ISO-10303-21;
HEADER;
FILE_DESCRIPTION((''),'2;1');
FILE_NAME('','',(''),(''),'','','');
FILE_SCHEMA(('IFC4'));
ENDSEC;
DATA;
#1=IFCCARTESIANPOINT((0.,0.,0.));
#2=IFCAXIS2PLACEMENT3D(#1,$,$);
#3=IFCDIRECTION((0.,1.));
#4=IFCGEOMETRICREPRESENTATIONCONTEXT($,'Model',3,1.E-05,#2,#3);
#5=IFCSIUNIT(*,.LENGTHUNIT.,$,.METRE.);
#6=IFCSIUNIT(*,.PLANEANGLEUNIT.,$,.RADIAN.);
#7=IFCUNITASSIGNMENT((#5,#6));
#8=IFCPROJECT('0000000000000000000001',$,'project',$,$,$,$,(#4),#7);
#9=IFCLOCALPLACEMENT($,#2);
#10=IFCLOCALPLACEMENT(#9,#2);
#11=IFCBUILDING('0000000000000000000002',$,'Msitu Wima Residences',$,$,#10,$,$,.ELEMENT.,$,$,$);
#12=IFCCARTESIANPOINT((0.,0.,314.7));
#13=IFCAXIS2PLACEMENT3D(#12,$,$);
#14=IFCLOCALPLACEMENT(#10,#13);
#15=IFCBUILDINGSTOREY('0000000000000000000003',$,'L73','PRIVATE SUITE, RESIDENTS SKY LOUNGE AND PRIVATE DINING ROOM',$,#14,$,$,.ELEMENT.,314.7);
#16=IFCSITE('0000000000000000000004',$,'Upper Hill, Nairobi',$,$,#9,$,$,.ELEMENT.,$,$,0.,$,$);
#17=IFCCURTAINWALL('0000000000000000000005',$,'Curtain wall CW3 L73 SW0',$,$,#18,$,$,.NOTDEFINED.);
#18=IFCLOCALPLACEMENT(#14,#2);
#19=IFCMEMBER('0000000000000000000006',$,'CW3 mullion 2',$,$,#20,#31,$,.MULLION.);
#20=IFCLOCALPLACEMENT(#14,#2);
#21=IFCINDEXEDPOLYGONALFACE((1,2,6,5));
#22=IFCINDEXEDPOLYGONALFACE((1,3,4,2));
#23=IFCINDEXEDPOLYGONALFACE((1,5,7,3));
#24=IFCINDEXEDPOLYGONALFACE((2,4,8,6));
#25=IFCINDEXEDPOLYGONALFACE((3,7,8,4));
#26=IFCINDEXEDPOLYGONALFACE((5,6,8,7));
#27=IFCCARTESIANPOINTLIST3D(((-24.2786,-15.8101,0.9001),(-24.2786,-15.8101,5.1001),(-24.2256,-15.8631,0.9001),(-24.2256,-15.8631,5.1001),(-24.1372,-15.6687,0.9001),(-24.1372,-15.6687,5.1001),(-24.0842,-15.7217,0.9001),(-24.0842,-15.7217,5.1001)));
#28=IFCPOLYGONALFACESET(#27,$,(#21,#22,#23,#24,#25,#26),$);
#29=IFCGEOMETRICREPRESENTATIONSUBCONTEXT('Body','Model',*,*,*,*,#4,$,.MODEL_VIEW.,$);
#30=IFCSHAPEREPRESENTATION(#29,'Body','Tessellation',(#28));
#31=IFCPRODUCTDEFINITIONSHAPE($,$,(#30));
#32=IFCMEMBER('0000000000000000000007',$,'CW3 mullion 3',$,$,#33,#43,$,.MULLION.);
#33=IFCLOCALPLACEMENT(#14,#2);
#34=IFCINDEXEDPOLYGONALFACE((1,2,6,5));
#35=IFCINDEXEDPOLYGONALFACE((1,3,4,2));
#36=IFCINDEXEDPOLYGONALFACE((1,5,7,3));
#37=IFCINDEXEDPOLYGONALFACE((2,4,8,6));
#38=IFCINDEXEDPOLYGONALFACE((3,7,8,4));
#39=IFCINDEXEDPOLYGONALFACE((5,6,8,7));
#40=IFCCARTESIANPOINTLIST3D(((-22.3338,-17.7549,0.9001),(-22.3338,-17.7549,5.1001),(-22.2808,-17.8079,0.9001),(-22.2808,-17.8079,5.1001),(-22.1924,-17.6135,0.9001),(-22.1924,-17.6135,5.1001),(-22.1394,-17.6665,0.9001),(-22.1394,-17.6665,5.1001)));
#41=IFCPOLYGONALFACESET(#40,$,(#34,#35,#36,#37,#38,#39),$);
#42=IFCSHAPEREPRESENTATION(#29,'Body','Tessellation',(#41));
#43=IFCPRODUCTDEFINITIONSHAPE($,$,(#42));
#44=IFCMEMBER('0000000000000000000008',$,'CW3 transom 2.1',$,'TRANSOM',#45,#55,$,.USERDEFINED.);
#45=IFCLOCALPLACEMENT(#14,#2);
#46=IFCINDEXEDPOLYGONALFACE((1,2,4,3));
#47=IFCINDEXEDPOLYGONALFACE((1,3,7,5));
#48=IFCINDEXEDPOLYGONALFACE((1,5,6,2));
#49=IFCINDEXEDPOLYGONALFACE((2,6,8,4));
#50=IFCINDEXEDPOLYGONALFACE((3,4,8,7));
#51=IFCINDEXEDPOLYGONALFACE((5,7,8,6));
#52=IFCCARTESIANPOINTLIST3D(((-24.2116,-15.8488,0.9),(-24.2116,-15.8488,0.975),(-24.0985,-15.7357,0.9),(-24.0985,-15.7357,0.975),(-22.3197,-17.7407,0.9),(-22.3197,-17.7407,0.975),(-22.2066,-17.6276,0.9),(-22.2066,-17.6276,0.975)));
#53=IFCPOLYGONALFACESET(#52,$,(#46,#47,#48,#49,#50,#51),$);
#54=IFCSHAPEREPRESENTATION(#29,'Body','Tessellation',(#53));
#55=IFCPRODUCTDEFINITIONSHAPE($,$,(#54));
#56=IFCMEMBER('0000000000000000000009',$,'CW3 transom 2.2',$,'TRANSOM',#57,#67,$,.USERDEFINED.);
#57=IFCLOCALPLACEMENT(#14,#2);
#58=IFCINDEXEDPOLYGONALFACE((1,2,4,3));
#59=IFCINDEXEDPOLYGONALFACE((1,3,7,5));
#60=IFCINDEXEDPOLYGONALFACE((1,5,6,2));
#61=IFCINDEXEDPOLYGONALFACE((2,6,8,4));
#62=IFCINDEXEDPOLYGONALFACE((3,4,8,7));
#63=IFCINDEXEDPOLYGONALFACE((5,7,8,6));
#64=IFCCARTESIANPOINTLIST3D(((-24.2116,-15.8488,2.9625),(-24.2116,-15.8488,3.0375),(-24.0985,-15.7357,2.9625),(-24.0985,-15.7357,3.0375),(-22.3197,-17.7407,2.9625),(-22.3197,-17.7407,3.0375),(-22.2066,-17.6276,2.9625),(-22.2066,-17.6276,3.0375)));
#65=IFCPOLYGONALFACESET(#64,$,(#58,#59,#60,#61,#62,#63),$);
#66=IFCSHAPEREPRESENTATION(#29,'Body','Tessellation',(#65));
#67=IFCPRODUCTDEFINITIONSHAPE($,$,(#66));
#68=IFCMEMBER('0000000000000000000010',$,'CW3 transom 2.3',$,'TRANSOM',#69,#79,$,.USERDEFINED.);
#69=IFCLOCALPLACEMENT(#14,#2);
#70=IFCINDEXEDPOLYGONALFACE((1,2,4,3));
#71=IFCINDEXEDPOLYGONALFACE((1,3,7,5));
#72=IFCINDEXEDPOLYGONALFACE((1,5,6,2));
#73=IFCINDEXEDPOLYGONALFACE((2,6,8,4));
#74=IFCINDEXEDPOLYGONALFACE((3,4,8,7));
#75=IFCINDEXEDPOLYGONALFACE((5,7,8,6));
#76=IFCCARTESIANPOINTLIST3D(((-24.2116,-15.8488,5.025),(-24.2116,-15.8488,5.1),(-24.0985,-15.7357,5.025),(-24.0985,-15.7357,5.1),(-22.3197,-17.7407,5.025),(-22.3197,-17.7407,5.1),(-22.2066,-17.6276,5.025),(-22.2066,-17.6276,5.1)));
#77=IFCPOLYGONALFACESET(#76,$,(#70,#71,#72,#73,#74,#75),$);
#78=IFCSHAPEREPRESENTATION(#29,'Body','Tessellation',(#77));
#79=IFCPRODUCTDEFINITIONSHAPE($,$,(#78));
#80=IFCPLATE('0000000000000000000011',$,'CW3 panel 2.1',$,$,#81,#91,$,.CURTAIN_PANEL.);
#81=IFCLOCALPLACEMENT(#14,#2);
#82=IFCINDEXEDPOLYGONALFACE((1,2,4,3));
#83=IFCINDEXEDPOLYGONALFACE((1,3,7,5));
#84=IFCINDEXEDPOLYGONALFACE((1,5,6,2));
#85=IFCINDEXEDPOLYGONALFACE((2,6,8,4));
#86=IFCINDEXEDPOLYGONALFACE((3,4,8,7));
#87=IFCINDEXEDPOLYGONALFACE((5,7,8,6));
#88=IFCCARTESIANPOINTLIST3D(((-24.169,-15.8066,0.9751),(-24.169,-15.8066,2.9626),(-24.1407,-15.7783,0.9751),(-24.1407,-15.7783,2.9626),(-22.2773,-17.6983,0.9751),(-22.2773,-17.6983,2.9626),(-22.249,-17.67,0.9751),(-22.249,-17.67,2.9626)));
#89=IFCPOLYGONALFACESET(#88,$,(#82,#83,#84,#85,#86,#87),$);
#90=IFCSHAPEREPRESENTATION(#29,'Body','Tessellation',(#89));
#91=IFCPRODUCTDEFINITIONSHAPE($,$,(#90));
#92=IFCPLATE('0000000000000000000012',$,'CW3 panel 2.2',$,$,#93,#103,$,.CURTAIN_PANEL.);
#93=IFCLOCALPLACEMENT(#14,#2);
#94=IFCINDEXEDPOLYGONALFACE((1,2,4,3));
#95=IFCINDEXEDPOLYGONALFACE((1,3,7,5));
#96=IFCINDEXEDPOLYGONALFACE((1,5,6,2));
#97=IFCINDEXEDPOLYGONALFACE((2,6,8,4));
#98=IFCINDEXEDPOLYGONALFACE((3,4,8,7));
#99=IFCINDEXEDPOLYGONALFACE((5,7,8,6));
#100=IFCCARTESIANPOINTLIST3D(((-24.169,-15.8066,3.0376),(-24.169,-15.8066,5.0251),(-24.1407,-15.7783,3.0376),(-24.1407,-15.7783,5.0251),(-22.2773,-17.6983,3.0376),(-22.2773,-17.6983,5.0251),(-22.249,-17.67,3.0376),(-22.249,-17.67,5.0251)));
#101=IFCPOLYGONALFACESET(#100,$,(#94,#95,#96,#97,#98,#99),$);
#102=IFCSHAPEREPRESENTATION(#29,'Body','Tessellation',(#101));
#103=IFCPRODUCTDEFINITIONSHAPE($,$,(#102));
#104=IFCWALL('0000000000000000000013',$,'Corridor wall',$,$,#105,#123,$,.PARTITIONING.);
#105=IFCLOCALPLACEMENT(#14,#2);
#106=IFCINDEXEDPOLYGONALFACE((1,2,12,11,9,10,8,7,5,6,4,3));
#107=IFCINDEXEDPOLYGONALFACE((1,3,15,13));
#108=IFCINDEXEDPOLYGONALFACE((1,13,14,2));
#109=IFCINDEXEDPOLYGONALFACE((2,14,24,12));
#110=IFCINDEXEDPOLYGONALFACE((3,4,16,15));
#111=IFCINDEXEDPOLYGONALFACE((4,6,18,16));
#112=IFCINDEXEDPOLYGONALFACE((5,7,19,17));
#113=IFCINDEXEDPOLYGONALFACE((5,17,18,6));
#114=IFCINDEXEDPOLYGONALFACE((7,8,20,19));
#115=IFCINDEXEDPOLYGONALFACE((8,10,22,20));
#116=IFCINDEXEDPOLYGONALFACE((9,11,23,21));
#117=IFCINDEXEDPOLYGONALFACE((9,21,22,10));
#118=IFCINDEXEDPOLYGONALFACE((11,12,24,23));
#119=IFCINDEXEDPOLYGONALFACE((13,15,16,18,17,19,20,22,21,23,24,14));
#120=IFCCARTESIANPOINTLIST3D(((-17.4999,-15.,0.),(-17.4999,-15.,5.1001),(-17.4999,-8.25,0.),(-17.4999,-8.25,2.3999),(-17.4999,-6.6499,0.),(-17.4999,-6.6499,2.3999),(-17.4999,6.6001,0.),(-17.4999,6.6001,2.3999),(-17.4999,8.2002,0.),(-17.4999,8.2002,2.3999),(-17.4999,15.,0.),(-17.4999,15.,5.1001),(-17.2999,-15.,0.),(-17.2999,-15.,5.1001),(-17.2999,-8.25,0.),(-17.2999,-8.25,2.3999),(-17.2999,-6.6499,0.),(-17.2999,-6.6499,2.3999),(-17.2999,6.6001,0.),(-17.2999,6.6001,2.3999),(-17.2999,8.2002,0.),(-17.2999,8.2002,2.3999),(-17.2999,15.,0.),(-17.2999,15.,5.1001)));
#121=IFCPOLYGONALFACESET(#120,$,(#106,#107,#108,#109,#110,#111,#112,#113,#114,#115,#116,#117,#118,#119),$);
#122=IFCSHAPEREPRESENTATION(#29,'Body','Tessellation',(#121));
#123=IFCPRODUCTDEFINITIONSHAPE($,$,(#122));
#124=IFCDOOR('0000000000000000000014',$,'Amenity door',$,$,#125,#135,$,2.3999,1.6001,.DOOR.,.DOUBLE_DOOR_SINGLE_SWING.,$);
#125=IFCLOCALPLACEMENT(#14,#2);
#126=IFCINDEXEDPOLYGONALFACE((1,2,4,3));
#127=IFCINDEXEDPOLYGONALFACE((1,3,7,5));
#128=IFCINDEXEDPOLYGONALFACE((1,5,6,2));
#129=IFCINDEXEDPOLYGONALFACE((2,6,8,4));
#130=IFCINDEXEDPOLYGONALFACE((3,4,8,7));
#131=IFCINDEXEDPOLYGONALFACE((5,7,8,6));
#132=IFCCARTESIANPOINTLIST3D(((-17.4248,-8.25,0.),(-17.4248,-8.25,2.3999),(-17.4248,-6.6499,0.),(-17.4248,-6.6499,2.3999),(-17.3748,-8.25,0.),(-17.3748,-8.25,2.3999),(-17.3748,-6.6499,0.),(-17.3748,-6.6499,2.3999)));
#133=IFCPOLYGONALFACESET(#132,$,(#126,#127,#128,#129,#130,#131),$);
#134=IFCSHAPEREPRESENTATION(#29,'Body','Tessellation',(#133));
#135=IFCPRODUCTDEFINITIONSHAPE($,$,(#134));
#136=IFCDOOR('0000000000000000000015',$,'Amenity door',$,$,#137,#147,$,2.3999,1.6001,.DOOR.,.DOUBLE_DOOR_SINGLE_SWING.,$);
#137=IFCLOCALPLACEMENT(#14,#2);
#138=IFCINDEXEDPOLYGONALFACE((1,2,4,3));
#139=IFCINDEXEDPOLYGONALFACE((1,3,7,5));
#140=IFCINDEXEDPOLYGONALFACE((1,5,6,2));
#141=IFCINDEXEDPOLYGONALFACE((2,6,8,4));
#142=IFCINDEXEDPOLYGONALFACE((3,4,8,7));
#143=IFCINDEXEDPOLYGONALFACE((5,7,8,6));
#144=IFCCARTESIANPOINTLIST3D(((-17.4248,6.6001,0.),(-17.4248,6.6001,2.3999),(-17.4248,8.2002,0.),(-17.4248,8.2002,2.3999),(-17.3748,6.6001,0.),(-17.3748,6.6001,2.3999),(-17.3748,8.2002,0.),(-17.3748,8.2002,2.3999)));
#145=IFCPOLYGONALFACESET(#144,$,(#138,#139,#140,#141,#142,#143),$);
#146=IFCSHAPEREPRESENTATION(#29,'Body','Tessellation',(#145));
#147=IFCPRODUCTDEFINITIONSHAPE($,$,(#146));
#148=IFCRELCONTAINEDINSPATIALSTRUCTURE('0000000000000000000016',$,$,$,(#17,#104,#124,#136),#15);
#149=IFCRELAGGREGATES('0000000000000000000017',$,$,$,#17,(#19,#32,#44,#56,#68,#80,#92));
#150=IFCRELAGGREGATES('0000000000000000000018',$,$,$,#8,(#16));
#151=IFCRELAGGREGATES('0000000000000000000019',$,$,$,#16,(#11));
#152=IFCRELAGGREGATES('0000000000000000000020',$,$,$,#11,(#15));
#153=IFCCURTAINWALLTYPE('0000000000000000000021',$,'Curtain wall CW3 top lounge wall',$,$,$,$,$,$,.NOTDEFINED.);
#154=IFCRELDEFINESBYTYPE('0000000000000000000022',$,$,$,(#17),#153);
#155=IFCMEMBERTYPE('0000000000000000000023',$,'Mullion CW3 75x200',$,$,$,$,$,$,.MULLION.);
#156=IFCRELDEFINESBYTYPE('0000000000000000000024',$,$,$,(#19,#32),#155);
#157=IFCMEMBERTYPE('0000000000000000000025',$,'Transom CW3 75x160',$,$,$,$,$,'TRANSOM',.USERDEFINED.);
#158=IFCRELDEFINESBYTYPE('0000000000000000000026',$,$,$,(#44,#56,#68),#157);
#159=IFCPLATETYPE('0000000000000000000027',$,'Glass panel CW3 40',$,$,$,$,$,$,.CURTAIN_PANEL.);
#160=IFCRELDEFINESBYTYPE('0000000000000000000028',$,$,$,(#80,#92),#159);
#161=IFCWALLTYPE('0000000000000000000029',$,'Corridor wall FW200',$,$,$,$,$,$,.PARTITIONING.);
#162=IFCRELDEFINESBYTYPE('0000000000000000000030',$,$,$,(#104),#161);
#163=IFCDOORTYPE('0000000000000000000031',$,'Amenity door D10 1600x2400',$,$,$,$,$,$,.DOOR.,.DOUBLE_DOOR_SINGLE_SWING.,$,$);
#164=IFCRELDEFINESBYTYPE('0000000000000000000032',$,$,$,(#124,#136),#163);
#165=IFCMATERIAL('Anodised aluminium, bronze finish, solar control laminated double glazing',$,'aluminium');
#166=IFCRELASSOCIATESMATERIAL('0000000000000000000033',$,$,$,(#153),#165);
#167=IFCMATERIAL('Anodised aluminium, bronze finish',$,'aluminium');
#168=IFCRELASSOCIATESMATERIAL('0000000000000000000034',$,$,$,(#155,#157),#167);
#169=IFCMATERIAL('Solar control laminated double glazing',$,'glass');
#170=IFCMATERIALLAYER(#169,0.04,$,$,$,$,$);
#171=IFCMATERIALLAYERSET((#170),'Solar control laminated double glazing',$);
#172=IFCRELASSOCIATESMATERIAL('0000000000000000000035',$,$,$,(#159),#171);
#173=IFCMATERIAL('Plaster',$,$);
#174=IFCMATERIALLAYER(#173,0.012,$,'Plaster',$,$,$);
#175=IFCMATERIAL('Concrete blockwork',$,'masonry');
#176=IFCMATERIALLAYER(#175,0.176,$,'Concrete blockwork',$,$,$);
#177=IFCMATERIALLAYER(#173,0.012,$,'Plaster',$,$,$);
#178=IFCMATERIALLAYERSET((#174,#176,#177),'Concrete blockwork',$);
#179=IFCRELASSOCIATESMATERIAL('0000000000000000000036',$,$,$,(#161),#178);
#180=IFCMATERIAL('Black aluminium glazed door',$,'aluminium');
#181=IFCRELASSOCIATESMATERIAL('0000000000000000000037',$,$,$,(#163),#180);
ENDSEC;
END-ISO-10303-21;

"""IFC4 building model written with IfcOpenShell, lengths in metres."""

from ifc_helpers import new_model, si_unit, direction, frame, frame_2d, origin, origin_2d, place, context, subcontext, project, spatial, rectangle, extrude, material, layer, layer_set, material_profile, profile_set, type_object, element, fill, aggregate, save


model = new_model("IFC4")

# Units and contexts
model_context = context("Model", 3, precision=1e-05, world=origin(), true_north=direction((0.0, 1.0)))
body_context = subcontext(model_context, "Body", "Model", "MODEL_VIEW")
ifc_project = project(units=[si_unit("LENGTHUNIT", "METRE"), si_unit("PLANEANGLEUNIT", "RADIAN")], contexts=[model_context])

# Site, building, storey
site_placement = place(None, origin())
site = spatial("IfcSite", under=ifc_project, at=site_placement, Name="Upper Hill, Nairobi", CompositionType="ELEMENT", RefElevation=0.0)
building_placement = place(site_placement, origin())
building = spatial("IfcBuilding", under=site, at=building_placement, Name="Msitu Wima Residences", CompositionType="ELEMENT")
storey_placement = place(building_placement, frame((0.0, 0.0, 314.7)))
storey = spatial("IfcBuildingStorey", under=building, at=storey_placement, Name="L73", Description="PRIVATE SUITE, RESIDENTS SKY LOUNGE AND PRIVATE DINING ROOM", CompositionType="ELEMENT", Elevation=314.7)

# Curtain wall, members, plates
ifc_material_1 = material(Name="Anodised aluminium, bronze finish, solar control laminated double glazing", Category="aluminium")
curtain_wall_type = type_object("IfcCurtainWallType", Name="Curtain wall CW3 top lounge wall", PredefinedType="NOTDEFINED", material=ifc_material_1)
curtain_wall_placement = place(storey_placement, origin())
curtain_wall = element("IfcCurtainWall", 1, at=curtain_wall_placement, inside=storey, type_object=curtain_wall_type, Name="Curtain wall CW3 L73 SW0", PredefinedType="NOTDEFINED")
ifc_material_2 = material(Name="Anodised aluminium, bronze finish", Category="aluminium")
ifc_material_profile_1 = material_profile(ifc_material_2, rectangle(XDim=0.2, YDim=0.075, at=origin_2d()), Name="Mullion 75x200")
ifc_profile_set_1 = profile_set([ifc_material_profile_1], Name="Anodised aluminium, bronze finish")
member_type_1 = type_object("IfcMemberType", Name="Mullion CW3 75x200", PredefinedType="MULLION", material=ifc_profile_set_1)
member_1_placement = place(storey_placement, frame((-24.1814, -15.7659, 0.9001), z_axis=(0.0, 0.0, 1.0), x_axis=(0.707107, 0.707107, 0.0)))
member_1 = element("IfcMember", 2, at=member_1_placement, type_object=member_type_1, Name="CW3 mullion 2", PredefinedType="MULLION", context=body_context, shape_type="SweptSolid", body=[
    extrude(rectangle(XDim=0.2, YDim=0.075, at=origin_2d()), origin(), (0.0, 0.0, 1.0), 4.2),
])
member_2_placement = place(storey_placement, frame((-22.2366, -17.7107, 0.9001), z_axis=(0.0, 0.0, 1.0), x_axis=(0.707107, 0.707107, 0.0)))
member_2 = element("IfcMember", 3, at=member_2_placement, type_object=member_type_1, Name="CW3 mullion 3", PredefinedType="MULLION", context=body_context, shape_type="SweptSolid", body=[
    extrude(rectangle(XDim=0.2, YDim=0.075, at=origin_2d()), origin(), (0.0, 0.0, 1.0), 4.2),
])
ifc_material_profile_2 = material_profile(ifc_material_2, rectangle(XDim=0.1599, YDim=0.075, at=origin_2d()), Name="Transom 75x160")
ifc_profile_set_2 = profile_set([ifc_material_profile_2], Name="Anodised aluminium, bronze finish")
member_type_2 = type_object("IfcMemberType", Name="Transom CW3 75x160", ElementType="TRANSOM", PredefinedType="USERDEFINED", material=ifc_profile_set_2)
member_3_placement = place(storey_placement, frame((-24.155, -15.7922, 0.9375), z_axis=(0.707107, -0.707107, 0.0), x_axis=(0.707107, 0.707107, 0.0)))
member_3 = element("IfcMember", 4, at=member_3_placement, type_object=member_type_2, Name="CW3 transom 2.1", ObjectType="TRANSOM", PredefinedType="USERDEFINED", context=body_context, shape_type="SweptSolid", body=[
    extrude(rectangle(XDim=0.1599, YDim=0.075, at=origin_2d()), origin(), (0.0, 0.0, 1.0), 2.6755),
])
member_4_placement = place(storey_placement, frame((-24.155, -15.7922, 3.0), z_axis=(0.707107, -0.707107, 0.0), x_axis=(0.707107, 0.707107, 0.0)))
member_4 = element("IfcMember", 5, at=member_4_placement, type_object=member_type_2, Name="CW3 transom 2.2", ObjectType="TRANSOM", PredefinedType="USERDEFINED", context=body_context, shape_type="SweptSolid", body=[
    extrude(rectangle(XDim=0.1599, YDim=0.075, at=origin_2d()), origin(), (0.0, 0.0, 1.0), 2.6755),
])
member_5_placement = place(storey_placement, frame((-24.155, -15.7922, 5.0625), z_axis=(0.707107, -0.707107, 0.0), x_axis=(0.707107, 0.707107, 0.0)))
member_5 = element("IfcMember", 6, at=member_5_placement, type_object=member_type_2, Name="CW3 transom 2.3", ObjectType="TRANSOM", PredefinedType="USERDEFINED", context=body_context, shape_type="SweptSolid", body=[
    extrude(rectangle(XDim=0.1599, YDim=0.075, at=origin_2d()), origin(), (0.0, 0.0, 1.0), 2.6755),
])
ifc_material_3 = material(Name="Solar control laminated double glazing", Category="glass")
ifc_layer_1 = layer(ifc_material_3, 0.04)
ifc_layer_set_1 = layer_set([ifc_layer_1], Name="Solar control laminated double glazing")
plate_type = type_object("IfcPlateType", Name="Glass panel CW3 40", PredefinedType="CURTAIN_PANEL", material=ifc_layer_set_1)
plate_1_placement = place(storey_placement, frame((-23.209, -16.7383, 0.9751), z_axis=(0.0, 0.0, 1.0), x_axis=(0.707107, -0.707107, 0.0)))
plate_1 = element("IfcPlate", 7, at=plate_1_placement, type_object=plate_type, Name="CW3 panel 2.1", PredefinedType="CURTAIN_PANEL", context=body_context, shape_type="SweptSolid", body=[
    extrude(rectangle(XDim=2.6753, YDim=0.04, at=origin_2d()), origin(), (0.0, 0.0, 1.0), 1.9875),
])
plate_2_placement = place(storey_placement, frame((-23.209, -16.7383, 3.0376), z_axis=(0.0, 0.0, 1.0), x_axis=(0.707107, -0.707107, 0.0)))
plate_2 = element("IfcPlate", 8, at=plate_2_placement, type_object=plate_type, Name="CW3 panel 2.2", PredefinedType="CURTAIN_PANEL", context=body_context, shape_type="SweptSolid", body=[
    extrude(rectangle(XDim=2.6753, YDim=0.04, at=origin_2d()), origin(), (0.0, 0.0, 1.0), 1.9875),
])
aggregate(curtain_wall, [member_1, member_2, member_3, member_4, member_5, plate_1, plate_2])

# Wall, openings, doors
ifc_material_4 = material(Name="Plaster")
ifc_layer_2 = layer(ifc_material_4, 0.012, Name="Plaster")
ifc_material_5 = material(Name="Concrete blockwork", Category="masonry")
ifc_layer_3 = layer(ifc_material_5, 0.176, Name="Concrete blockwork")
ifc_layer_4 = layer(ifc_material_4, 0.012, Name="Plaster")
ifc_layer_set_2 = layer_set([ifc_layer_2, ifc_layer_3, ifc_layer_4], Name="Concrete blockwork")
wall_type = type_object("IfcWallType", Name="Corridor wall FW200", PredefinedType="PARTITIONING", material=ifc_layer_set_2)
wall_placement = place(storey_placement, frame((-17.3999, -15.0, 0.0), z_axis=(0.0, 0.0, 1.0), x_axis=(0.0, 1.0, 0.0)))
wall = element("IfcWall", 9, at=wall_placement, inside=storey, type_object=wall_type, Name="Corridor wall", PredefinedType="PARTITIONING", context=body_context, shape_type="SweptSolid", body=[
    extrude(rectangle(XDim=30.0, YDim=0.2, at=frame_2d((15.0, 0.0))), origin(), (0.0, 0.0, 1.0), 5.1001),
])
opening_1_placement = place(wall_placement, frame((6.75, 0.0, 0.0)))
opening_1 = element("IfcOpeningElement", 10, at=opening_1_placement, cuts=wall, PredefinedType="OPENING", context=body_context, shape_type="SweptSolid", body=[
    extrude(rectangle(XDim=1.6001, YDim=2.3999, at=frame_2d((0.8, 1.2))), frame((0.0, 0.1099, 0.0), z_axis=(0.0, -1.0, 0.0), x_axis=(1.0, 0.0, 0.0)), (0.0, 0.0, 1.0), 0.22),
])
opening_2_placement = place(wall_placement, frame((21.6001, 0.0, 0.0)))
opening_2 = element("IfcOpeningElement", 11, at=opening_2_placement, cuts=wall, PredefinedType="OPENING", context=body_context, shape_type="SweptSolid", body=[
    extrude(rectangle(XDim=1.6001, YDim=2.3999, at=frame_2d((0.8, 1.2))), frame((0.0, 0.1099, 0.0), z_axis=(0.0, -1.0, 0.0), x_axis=(1.0, 0.0, 0.0)), (0.0, 0.0, 1.0), 0.22),
])
ifc_material_6 = material(Name="Black aluminium glazed door", Category="aluminium")
door_type = type_object("IfcDoorType", Name="Amenity door D10 1600x2400", OperationType="DOUBLE_DOOR_SINGLE_SWING", PredefinedType="DOOR", material=ifc_material_6)
door_1_placement = place(opening_1_placement, origin())
door_1 = element("IfcDoor", 12, at=door_1_placement, inside=storey, type_object=door_type, Name="Amenity door", OperationType="DOUBLE_DOOR_SINGLE_SWING", OverallHeight=2.3999, OverallWidth=1.6001, PredefinedType="DOOR", context=body_context, shape_type="SweptSolid", body=[
    extrude(rectangle(XDim=1.6001, YDim=2.3999, at=frame_2d((0.8, 1.2))), frame((0.0, 0.0249, 0.0), z_axis=(0.0, -1.0, 0.0), x_axis=(1.0, 0.0, 0.0)), (0.0, 0.0, 1.0), 0.05),
])
fill(opening_1, door_1)
door_2_placement = place(opening_2_placement, origin())
door_2 = element("IfcDoor", 13, at=door_2_placement, inside=storey, type_object=door_type, Name="Amenity door", OperationType="DOUBLE_DOOR_SINGLE_SWING", OverallHeight=2.3999, OverallWidth=1.6001, PredefinedType="DOOR", context=body_context, shape_type="SweptSolid", body=[
    extrude(rectangle(XDim=1.6001, YDim=2.3999, at=frame_2d((0.8, 1.2))), frame((0.0, 0.0249, 0.0), z_axis=(0.0, -1.0, 0.0), x_axis=(1.0, 0.0, 0.0)), (0.0, 0.0, 1.0), 0.05),
])
fill(opening_2, door_2)

save(model, "model.ifc")
